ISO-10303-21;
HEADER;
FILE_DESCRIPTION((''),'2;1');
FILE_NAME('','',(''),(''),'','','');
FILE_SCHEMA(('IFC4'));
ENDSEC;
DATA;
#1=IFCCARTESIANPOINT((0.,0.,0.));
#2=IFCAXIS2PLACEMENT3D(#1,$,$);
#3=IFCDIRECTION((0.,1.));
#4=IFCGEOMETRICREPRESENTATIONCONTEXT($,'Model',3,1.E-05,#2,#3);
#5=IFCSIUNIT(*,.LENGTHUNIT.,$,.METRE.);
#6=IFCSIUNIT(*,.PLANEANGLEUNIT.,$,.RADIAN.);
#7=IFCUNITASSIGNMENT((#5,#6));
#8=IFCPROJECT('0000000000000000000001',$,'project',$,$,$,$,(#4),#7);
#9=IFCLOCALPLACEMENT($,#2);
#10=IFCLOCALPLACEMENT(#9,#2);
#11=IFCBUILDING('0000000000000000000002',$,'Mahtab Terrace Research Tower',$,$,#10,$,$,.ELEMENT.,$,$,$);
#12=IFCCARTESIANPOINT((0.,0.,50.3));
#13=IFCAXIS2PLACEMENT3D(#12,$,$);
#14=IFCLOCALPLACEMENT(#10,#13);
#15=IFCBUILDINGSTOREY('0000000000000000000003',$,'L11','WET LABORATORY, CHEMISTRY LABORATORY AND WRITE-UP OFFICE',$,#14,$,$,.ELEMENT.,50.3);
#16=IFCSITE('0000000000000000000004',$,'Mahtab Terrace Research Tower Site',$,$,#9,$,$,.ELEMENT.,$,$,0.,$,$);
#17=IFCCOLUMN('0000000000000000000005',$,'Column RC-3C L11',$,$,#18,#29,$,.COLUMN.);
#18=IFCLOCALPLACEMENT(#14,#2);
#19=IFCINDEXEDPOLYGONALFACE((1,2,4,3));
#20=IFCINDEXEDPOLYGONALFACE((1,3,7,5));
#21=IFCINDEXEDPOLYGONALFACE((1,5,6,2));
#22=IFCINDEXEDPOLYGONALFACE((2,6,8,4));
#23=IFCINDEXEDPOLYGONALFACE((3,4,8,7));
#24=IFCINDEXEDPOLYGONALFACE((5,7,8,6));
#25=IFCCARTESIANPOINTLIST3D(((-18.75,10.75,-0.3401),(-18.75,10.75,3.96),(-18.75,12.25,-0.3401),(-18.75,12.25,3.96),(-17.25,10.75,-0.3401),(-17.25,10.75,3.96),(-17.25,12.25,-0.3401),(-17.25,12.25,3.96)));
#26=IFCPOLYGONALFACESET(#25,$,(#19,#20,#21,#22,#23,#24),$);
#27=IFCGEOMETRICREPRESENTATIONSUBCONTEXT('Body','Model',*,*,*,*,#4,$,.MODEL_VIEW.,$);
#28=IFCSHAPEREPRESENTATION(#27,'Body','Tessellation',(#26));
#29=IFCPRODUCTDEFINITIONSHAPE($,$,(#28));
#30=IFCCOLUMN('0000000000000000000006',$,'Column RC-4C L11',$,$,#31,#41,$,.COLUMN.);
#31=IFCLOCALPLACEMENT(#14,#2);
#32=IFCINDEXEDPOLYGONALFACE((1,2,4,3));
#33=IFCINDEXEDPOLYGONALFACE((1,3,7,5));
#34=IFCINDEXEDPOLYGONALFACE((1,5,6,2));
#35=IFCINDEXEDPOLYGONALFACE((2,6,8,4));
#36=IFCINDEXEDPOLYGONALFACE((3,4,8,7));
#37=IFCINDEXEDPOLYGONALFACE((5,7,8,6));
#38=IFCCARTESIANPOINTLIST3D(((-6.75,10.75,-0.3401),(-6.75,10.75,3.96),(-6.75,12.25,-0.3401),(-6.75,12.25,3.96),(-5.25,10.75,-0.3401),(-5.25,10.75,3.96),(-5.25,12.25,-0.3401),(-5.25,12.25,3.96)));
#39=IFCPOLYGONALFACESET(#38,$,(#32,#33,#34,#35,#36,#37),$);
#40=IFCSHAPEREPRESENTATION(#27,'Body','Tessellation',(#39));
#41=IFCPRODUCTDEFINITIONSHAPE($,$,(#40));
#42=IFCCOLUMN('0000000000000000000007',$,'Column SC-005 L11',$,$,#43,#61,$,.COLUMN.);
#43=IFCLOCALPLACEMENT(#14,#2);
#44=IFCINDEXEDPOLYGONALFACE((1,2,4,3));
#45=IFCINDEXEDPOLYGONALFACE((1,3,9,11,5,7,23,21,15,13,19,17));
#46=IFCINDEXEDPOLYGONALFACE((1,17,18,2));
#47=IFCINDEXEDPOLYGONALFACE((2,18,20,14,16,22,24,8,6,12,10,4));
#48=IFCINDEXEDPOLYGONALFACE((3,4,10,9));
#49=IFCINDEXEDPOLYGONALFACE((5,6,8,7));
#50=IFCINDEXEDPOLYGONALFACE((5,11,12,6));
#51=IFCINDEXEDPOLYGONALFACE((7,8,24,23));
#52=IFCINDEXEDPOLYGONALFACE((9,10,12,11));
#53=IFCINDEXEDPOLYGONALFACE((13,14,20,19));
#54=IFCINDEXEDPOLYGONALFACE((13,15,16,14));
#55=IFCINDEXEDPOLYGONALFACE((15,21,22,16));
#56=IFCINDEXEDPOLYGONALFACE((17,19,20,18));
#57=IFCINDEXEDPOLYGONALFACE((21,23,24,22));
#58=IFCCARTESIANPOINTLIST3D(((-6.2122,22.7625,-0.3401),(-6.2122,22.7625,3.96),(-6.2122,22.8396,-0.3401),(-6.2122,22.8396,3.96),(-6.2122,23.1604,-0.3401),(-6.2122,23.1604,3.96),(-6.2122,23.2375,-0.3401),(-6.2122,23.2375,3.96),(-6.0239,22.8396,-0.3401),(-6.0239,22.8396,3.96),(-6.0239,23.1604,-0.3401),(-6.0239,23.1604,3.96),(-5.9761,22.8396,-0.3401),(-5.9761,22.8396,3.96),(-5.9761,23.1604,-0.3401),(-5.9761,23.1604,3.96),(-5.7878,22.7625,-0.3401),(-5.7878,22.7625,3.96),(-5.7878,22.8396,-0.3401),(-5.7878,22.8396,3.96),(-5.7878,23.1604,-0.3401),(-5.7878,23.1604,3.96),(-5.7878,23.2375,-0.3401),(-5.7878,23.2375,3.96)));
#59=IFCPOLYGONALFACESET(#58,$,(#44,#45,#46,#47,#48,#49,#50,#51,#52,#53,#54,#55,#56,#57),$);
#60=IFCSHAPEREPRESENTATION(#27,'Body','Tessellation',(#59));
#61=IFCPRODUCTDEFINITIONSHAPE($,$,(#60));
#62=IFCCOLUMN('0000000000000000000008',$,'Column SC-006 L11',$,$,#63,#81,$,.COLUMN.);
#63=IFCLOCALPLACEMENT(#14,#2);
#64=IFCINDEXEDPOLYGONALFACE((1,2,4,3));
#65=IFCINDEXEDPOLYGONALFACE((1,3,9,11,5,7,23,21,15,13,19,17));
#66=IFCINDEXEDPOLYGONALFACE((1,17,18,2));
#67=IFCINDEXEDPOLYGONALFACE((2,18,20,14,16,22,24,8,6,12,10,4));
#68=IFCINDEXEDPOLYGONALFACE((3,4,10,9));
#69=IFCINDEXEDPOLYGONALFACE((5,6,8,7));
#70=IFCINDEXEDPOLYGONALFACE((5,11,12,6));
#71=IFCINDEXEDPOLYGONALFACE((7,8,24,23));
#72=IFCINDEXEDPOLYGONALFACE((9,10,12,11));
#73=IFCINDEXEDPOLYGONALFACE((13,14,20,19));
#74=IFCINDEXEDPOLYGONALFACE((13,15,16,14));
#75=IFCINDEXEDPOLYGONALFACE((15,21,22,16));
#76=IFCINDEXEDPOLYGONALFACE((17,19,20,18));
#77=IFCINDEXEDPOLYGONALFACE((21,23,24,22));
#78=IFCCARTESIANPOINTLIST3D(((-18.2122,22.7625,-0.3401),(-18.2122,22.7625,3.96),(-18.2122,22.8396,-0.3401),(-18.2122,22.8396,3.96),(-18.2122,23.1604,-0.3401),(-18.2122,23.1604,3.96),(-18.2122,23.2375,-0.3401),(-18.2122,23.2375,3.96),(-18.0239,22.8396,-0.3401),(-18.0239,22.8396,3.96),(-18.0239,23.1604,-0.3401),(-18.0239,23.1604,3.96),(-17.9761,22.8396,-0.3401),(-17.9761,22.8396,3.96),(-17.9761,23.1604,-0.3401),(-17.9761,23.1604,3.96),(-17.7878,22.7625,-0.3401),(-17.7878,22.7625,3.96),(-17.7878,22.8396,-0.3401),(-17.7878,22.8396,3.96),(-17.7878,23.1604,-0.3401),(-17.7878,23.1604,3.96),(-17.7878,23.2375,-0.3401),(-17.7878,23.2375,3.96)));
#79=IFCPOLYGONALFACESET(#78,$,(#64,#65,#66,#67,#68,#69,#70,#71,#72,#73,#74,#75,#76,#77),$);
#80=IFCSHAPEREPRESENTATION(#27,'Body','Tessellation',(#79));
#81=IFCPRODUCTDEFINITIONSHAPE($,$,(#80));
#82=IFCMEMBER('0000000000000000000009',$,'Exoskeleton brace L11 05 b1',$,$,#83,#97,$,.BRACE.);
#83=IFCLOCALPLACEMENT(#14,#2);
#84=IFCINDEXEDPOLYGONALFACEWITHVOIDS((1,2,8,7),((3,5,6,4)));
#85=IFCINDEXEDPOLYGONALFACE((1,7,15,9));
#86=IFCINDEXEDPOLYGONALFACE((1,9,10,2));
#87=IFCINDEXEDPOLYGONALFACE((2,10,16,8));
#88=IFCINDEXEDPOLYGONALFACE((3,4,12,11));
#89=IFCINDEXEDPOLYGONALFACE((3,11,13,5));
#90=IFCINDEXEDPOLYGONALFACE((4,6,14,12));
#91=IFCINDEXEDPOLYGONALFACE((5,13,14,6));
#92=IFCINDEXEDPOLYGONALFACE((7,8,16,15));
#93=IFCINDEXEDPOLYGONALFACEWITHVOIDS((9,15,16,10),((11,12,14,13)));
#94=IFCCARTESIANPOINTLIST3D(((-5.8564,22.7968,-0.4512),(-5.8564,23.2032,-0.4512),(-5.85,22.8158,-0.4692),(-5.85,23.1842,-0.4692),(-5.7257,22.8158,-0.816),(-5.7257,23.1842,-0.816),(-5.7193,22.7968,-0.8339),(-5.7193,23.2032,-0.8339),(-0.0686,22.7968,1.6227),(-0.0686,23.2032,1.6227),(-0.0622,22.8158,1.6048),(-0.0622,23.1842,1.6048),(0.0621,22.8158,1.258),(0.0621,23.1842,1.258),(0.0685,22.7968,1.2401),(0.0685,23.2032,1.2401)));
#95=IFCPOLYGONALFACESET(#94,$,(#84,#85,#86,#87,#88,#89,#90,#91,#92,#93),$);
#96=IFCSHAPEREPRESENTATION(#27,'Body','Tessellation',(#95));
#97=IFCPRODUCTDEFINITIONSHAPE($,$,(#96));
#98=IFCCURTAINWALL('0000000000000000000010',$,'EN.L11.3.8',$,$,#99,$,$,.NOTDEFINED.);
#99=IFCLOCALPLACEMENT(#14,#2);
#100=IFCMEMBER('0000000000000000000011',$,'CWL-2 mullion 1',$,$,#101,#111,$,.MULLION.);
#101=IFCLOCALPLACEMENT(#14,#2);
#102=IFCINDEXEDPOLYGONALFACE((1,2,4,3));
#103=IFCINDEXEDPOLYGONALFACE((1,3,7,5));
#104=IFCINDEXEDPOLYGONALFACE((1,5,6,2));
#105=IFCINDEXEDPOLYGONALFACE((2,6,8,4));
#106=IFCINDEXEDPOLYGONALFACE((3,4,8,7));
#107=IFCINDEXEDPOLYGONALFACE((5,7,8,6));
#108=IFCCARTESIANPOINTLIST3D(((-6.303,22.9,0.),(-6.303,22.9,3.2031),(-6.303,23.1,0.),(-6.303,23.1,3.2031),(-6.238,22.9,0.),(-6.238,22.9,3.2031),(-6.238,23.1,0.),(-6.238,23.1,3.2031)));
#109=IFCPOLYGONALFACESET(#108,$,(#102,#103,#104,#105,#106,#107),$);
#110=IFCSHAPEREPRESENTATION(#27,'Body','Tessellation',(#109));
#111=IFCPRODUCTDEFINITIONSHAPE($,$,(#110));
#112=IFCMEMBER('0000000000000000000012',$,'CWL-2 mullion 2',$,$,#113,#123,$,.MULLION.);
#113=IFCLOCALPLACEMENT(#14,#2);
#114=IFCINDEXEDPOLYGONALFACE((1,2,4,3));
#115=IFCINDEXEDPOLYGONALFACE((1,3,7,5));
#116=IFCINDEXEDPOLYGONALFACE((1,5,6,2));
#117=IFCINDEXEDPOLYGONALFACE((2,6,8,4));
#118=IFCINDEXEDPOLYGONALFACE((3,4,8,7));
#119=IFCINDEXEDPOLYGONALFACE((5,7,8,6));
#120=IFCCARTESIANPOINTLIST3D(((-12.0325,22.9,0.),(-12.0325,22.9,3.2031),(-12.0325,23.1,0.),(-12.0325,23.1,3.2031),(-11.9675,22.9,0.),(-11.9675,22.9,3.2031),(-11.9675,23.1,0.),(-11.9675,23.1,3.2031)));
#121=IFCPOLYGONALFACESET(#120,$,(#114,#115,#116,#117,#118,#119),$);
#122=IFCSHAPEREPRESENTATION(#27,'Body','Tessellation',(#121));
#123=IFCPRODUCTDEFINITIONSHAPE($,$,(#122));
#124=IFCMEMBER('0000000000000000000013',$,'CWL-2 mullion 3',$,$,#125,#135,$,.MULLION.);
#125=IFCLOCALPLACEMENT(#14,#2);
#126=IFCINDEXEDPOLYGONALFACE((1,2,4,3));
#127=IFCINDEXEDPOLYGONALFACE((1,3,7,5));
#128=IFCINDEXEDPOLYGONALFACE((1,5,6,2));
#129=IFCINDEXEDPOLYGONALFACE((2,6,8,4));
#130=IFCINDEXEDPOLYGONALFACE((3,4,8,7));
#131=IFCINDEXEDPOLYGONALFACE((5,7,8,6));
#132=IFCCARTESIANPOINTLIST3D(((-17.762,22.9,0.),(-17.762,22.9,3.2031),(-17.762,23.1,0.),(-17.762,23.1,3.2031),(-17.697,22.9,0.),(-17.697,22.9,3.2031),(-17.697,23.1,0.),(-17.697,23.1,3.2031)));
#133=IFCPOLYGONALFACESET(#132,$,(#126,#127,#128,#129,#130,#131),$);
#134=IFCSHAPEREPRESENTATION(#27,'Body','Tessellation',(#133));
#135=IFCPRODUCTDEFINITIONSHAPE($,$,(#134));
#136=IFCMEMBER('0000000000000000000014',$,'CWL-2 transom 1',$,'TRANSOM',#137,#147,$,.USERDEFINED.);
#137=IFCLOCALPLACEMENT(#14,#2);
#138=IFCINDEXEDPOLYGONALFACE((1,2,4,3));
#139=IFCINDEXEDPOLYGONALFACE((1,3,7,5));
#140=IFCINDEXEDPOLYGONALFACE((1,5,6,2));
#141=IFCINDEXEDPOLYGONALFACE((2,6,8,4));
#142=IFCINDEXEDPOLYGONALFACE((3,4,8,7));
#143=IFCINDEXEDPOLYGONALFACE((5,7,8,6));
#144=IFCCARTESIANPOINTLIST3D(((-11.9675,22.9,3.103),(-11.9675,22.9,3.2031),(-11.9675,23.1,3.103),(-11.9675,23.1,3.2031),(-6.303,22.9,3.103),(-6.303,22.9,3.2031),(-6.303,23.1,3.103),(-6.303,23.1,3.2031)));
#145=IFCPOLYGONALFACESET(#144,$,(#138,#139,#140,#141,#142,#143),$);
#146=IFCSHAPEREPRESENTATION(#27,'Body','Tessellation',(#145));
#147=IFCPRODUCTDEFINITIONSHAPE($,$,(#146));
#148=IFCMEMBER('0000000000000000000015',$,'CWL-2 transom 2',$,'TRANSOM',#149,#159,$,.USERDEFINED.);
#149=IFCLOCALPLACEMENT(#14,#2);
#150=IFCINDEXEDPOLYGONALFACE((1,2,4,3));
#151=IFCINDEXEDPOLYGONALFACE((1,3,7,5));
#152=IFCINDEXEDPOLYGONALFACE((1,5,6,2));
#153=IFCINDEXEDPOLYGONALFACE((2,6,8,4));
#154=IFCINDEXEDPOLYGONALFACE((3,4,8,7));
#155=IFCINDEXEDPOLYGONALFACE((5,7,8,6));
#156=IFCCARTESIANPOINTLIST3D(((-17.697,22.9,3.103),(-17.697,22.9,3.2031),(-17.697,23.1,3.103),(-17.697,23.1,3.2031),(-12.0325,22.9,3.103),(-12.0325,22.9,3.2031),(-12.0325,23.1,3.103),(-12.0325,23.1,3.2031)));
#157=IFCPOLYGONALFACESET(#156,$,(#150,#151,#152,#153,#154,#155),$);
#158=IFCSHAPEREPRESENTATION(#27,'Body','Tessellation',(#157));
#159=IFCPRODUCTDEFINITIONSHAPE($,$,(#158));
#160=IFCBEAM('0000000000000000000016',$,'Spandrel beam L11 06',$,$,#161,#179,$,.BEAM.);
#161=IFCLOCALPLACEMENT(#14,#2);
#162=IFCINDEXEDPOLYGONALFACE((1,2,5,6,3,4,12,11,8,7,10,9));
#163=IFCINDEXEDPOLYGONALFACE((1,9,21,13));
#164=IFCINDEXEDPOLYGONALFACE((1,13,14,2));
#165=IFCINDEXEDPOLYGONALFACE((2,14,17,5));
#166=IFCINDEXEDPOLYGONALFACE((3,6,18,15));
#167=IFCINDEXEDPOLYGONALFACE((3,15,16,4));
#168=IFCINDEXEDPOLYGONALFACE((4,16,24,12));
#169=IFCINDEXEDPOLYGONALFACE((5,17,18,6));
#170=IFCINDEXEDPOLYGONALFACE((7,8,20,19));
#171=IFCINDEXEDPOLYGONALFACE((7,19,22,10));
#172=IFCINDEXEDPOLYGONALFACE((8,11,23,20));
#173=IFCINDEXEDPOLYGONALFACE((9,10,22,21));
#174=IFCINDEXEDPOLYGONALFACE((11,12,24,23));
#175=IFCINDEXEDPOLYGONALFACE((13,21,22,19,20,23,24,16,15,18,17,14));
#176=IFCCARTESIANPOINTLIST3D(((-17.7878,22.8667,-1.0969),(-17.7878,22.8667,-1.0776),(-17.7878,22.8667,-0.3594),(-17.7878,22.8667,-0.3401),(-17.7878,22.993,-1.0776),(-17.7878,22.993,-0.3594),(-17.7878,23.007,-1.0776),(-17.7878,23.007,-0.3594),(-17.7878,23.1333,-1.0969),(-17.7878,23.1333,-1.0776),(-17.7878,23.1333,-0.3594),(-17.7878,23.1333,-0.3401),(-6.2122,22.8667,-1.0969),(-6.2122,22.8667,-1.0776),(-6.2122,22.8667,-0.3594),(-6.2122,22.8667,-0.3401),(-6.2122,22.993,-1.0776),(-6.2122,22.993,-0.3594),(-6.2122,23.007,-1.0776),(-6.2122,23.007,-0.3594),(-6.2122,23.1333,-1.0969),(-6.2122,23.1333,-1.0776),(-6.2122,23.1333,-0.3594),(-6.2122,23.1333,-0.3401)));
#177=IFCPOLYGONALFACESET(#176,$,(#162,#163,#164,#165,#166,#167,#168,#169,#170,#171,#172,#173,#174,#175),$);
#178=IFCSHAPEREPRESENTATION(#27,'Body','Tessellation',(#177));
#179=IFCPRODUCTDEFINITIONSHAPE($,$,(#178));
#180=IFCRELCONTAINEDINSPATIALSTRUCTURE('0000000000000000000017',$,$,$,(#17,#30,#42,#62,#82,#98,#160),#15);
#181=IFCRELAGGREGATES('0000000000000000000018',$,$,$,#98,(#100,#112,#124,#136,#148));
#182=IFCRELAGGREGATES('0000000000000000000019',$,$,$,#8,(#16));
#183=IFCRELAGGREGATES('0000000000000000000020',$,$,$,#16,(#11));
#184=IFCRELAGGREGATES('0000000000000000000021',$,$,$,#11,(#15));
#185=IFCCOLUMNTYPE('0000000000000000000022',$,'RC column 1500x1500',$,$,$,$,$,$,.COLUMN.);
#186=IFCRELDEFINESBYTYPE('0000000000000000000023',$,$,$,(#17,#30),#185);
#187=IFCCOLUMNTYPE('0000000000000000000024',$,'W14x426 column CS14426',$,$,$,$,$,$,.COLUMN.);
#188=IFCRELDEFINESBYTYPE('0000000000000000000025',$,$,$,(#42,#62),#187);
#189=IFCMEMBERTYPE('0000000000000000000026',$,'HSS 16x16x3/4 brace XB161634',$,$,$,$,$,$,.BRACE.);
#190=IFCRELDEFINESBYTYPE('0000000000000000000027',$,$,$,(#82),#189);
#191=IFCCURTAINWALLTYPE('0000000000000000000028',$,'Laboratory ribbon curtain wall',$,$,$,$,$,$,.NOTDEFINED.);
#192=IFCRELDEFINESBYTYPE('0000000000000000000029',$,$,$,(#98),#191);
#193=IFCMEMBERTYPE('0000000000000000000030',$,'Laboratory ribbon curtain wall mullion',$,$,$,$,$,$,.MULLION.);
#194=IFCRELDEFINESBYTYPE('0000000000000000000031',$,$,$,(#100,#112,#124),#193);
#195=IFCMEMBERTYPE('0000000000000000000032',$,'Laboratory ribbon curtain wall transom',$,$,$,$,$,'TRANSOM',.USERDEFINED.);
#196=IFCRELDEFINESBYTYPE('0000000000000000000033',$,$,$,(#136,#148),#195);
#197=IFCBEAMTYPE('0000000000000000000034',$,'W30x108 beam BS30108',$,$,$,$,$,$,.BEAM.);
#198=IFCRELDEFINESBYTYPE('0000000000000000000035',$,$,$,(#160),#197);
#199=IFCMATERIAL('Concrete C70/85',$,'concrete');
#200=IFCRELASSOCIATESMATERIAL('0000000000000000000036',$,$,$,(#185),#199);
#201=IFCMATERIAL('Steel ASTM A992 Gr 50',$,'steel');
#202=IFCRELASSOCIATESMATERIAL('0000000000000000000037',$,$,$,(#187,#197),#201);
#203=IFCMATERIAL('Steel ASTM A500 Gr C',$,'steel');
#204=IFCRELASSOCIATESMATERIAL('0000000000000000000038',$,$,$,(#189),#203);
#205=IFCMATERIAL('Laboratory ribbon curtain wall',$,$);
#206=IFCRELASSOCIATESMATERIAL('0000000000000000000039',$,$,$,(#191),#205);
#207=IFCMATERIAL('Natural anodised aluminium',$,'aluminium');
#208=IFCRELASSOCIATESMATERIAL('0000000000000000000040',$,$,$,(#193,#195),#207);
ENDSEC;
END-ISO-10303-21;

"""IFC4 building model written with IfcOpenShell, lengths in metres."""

from ifc_helpers import new_model, si_unit, direction, frame, origin, origin_2d, place, context, subcontext, project, spatial, rectangle, hollow_rectangle, i_section, extrude, material, material_profile, profile_set, type_object, element, aggregate, save


model = new_model("IFC4")

# Units and contexts
model_context = context("Model", 3, precision=1e-05, world=origin(), true_north=direction((0.0, 1.0)))
body_context = subcontext(model_context, "Body", "Model", "MODEL_VIEW")
ifc_project = project(units=[si_unit("LENGTHUNIT", "METRE"), si_unit("PLANEANGLEUNIT", "RADIAN")], contexts=[model_context])

# Site, building, storey
site_placement = place(None, origin())
site = spatial("IfcSite", under=ifc_project, at=site_placement, Name="Mahtab Terrace Research Tower Site", CompositionType="ELEMENT", RefElevation=0.0)
building_placement = place(site_placement, origin())
building = spatial("IfcBuilding", under=site, at=building_placement, Name="Mahtab Terrace Research Tower", CompositionType="ELEMENT")
storey_placement = place(building_placement, frame((0.0, 0.0, 50.3)))
storey = spatial("IfcBuildingStorey", under=building, at=storey_placement, Name="L11", Description="WET LABORATORY, CHEMISTRY LABORATORY AND WRITE-UP OFFICE", CompositionType="ELEMENT", Elevation=50.3)

# Columns
ifc_material_1 = material(Name="Concrete C70/85", Category="concrete")
ifc_material_profile_1 = material_profile(ifc_material_1, rectangle(XDim=1.5, YDim=1.5, at=origin_2d()), Name="RC column 1500x1500")
ifc_profile_set_1 = profile_set([ifc_material_profile_1], Name="Concrete C70/85")
column_type_1 = type_object("IfcColumnType", Name="RC column 1500x1500", PredefinedType="COLUMN", material=ifc_profile_set_1)
for number, where, z_axis, x_axis, name in (
    (1, (-18.0, 11.5, -0.3401), (0.0, 0.0, 1.0), (1.0, 0.0, 0.0), "Column RC-3C L11"),
    (2, (-6.0, 11.5, -0.3401), (0.0, 0.0, 1.0), (1.0, 0.0, 0.0), "Column RC-4C L11"),
):
    element("IfcColumn", number, at=place(storey_placement, frame(where, z_axis=z_axis, x_axis=x_axis)), inside=storey, type_object=column_type_1, Name=name, PredefinedType="COLUMN", context=body_context, shape_type="SweptSolid", body=[
        extrude(rectangle(XDim=1.5, YDim=1.5, at=origin_2d()), origin(), (0.0, 0.0, 1.0), 4.3),
    ])
ifc_material_2 = material(Name="Steel ASTM A992 Gr 50", Category="steel")
ifc_material_profile_2 = material_profile(ifc_material_2, i_section(OverallWidth=0.4243, OverallDepth=0.4751, WebThickness=0.0479, FlangeThickness=0.0771, at=origin_2d()), Name="W14X426")
ifc_profile_set_2 = profile_set([ifc_material_profile_2], Name="Steel ASTM A992 Gr 50")
column_type_2 = type_object("IfcColumnType", Name="W14x426 column CS14426", PredefinedType="COLUMN", material=ifc_profile_set_2)
for number, where, z_axis, x_axis, name in (
    (3, (-6.0, 23.0, -0.3401), (0.0, 0.0, 1.0), (1.0, 0.0, 0.0), "Column SC-005 L11"),
    (4, (-18.0, 23.0, -0.3401), (0.0, 0.0, 1.0), (1.0, 0.0, 0.0), "Column SC-006 L11"),
):
    element("IfcColumn", number, at=place(storey_placement, frame(where, z_axis=z_axis, x_axis=x_axis)), inside=storey, type_object=column_type_2, Name=name, PredefinedType="COLUMN", context=body_context, shape_type="SweptSolid", body=[
        extrude(i_section(OverallWidth=0.4243, OverallDepth=0.4751, WebThickness=0.0479, FlangeThickness=0.0771, at=origin_2d()), origin(), (0.0, 0.0, 1.0), 4.3),
    ])

# Member
ifc_material_3 = material(Name="Steel ASTM A500 Gr C", Category="steel")
ifc_material_profile_3 = material_profile(ifc_material_3, hollow_rectangle(XDim=0.4065, YDim=0.4065, WallThickness=0.019, at=origin_2d()), Name="HSS16X16X3/4")
ifc_profile_set_3 = profile_set([ifc_material_profile_3], Name="Steel ASTM A500 Gr C")
member_type_1 = type_object("IfcMemberType", Name="HSS 16x16x3/4 brace XB161634", PredefinedType="BRACE", material=ifc_profile_set_3)
member_1_placement = place(storey_placement, frame((-5.7878, 23.0, -0.6426), z_axis=(0.941387, 0.0, 0.33733), x_axis=(0.0, 1.0, 0.0)))
element("IfcMember", 5, at=member_1_placement, inside=storey, type_object=member_type_1, Name="Exoskeleton brace L11 05 b1", PredefinedType="BRACE", context=body_context, shape_type="SweptSolid", body=[
    extrude(hollow_rectangle(XDim=0.4065, YDim=0.4065, WallThickness=0.019, at=origin_2d()), origin(), (0.0, 0.0, 1.0), 6.1482),
])

# Curtain wall, members
ifc_material_4 = material(Name="Laboratory ribbon curtain wall")
curtain_wall_type = type_object("IfcCurtainWallType", Name="Laboratory ribbon curtain wall", PredefinedType="NOTDEFINED", material=ifc_material_4)
curtain_wall_placement = place(storey_placement, origin())
curtain_wall = element("IfcCurtainWall", 6, at=curtain_wall_placement, inside=storey, type_object=curtain_wall_type, Name="EN.L11.3.8", PredefinedType="NOTDEFINED")
ifc_material_5 = material(Name="Natural anodised aluminium", Category="aluminium")
ifc_material_profile_4 = material_profile(ifc_material_5, rectangle(XDim=0.2, YDim=0.0649, at=origin_2d()), Name="MULLION 65x200")
ifc_profile_set_4 = profile_set([ifc_material_profile_4], Name="Natural anodised aluminium")
member_type_2 = type_object("IfcMemberType", Name="Laboratory ribbon curtain wall mullion", PredefinedType="MULLION", material=ifc_profile_set_4)
member_2_placement = place(storey_placement, frame((-6.2705, 23.0, 0.0), z_axis=(0.0, 0.0, 1.0), x_axis=(0.0, -1.0, 0.0)))
member_2 = element("IfcMember", 7, at=member_2_placement, type_object=member_type_2, Name="CWL-2 mullion 1", PredefinedType="MULLION", context=body_context, shape_type="SweptSolid", body=[
    extrude(rectangle(XDim=0.2, YDim=0.0649, at=origin_2d()), origin(), (0.0, 0.0, 1.0), 3.2031),
])
member_3_placement = place(storey_placement, frame((-12.0, 23.0, 0.0), z_axis=(0.0, 0.0, 1.0), x_axis=(0.0, -1.0, 0.0)))
member_3 = element("IfcMember", 8, at=member_3_placement, type_object=member_type_2, Name="CWL-2 mullion 2", PredefinedType="MULLION", context=body_context, shape_type="SweptSolid", body=[
    extrude(rectangle(XDim=0.2, YDim=0.0649, at=origin_2d()), origin(), (0.0, 0.0, 1.0), 3.2031),
])
member_4_placement = place(storey_placement, frame((-17.7295, 23.0, 0.0), z_axis=(0.0, 0.0, 1.0), x_axis=(0.0, -1.0, 0.0)))
member_4 = element("IfcMember", 9, at=member_4_placement, type_object=member_type_2, Name="CWL-2 mullion 3", PredefinedType="MULLION", context=body_context, shape_type="SweptSolid", body=[
    extrude(rectangle(XDim=0.2, YDim=0.0649, at=origin_2d()), origin(), (0.0, 0.0, 1.0), 3.2031),
])
ifc_material_profile_5 = material_profile(ifc_material_5, rectangle(XDim=0.2, YDim=0.1001, at=origin_2d()), Name="TRANSOM 100x200")
ifc_profile_set_5 = profile_set([ifc_material_profile_5], Name="Natural anodised aluminium")
member_type_3 = type_object("IfcMemberType", Name="Laboratory ribbon curtain wall transom", ElementType="TRANSOM", PredefinedType="USERDEFINED", material=ifc_profile_set_5)
member_5_placement = place(storey_placement, frame((-6.303, 23.0, 3.1531), z_axis=(-1.0, 0.0, 0.0), x_axis=(0.0, -1.0, 0.0)))
member_5 = element("IfcMember", 10, at=member_5_placement, type_object=member_type_3, Name="CWL-2 transom 1", ObjectType="TRANSOM", PredefinedType="USERDEFINED", context=body_context, shape_type="SweptSolid", body=[
    extrude(rectangle(XDim=0.2, YDim=0.1001, at=origin_2d()), origin(), (0.0, 0.0, 1.0), 5.6646),
])
member_6_placement = place(storey_placement, frame((-12.0325, 23.0, 3.1531), z_axis=(-1.0, 0.0, 0.0), x_axis=(0.0, -1.0, 0.0)))
member_6 = element("IfcMember", 11, at=member_6_placement, type_object=member_type_3, Name="CWL-2 transom 2", ObjectType="TRANSOM", PredefinedType="USERDEFINED", context=body_context, shape_type="SweptSolid", body=[
    extrude(rectangle(XDim=0.2, YDim=0.1001, at=origin_2d()), origin(), (0.0, 0.0, 1.0), 5.6646),
])

# Beam
ifc_material_profile_6 = material_profile(ifc_material_2, i_section(OverallWidth=0.2666, OverallDepth=0.7568, WebThickness=0.0139, FlangeThickness=0.0193, at=origin_2d()), Name="W30X108")
ifc_profile_set_6 = profile_set([ifc_material_profile_6], Name="Steel ASTM A992 Gr 50")
beam_type = type_object("IfcBeamType", Name="W30x108 beam BS30108", PredefinedType="BEAM", material=ifc_profile_set_6)
beam_placement = place(storey_placement, frame((-6.2122, 23.0, -0.7185), z_axis=(-1.0, 0.0, 0.0), x_axis=(0.0, -1.0, 0.0)))
element("IfcBeam", 12, at=beam_placement, inside=storey, type_object=beam_type, Name="Spandrel beam L11 06", PredefinedType="BEAM", context=body_context, shape_type="SweptSolid", body=[
    extrude(i_section(OverallWidth=0.2666, OverallDepth=0.7568, WebThickness=0.0139, FlangeThickness=0.0193, at=origin_2d()), origin(), (0.0, 0.0, 1.0), 11.5757),
])

aggregate(curtain_wall, [member_2, member_3, member_4, member_5, member_6])

save(model, "model.ifc")
